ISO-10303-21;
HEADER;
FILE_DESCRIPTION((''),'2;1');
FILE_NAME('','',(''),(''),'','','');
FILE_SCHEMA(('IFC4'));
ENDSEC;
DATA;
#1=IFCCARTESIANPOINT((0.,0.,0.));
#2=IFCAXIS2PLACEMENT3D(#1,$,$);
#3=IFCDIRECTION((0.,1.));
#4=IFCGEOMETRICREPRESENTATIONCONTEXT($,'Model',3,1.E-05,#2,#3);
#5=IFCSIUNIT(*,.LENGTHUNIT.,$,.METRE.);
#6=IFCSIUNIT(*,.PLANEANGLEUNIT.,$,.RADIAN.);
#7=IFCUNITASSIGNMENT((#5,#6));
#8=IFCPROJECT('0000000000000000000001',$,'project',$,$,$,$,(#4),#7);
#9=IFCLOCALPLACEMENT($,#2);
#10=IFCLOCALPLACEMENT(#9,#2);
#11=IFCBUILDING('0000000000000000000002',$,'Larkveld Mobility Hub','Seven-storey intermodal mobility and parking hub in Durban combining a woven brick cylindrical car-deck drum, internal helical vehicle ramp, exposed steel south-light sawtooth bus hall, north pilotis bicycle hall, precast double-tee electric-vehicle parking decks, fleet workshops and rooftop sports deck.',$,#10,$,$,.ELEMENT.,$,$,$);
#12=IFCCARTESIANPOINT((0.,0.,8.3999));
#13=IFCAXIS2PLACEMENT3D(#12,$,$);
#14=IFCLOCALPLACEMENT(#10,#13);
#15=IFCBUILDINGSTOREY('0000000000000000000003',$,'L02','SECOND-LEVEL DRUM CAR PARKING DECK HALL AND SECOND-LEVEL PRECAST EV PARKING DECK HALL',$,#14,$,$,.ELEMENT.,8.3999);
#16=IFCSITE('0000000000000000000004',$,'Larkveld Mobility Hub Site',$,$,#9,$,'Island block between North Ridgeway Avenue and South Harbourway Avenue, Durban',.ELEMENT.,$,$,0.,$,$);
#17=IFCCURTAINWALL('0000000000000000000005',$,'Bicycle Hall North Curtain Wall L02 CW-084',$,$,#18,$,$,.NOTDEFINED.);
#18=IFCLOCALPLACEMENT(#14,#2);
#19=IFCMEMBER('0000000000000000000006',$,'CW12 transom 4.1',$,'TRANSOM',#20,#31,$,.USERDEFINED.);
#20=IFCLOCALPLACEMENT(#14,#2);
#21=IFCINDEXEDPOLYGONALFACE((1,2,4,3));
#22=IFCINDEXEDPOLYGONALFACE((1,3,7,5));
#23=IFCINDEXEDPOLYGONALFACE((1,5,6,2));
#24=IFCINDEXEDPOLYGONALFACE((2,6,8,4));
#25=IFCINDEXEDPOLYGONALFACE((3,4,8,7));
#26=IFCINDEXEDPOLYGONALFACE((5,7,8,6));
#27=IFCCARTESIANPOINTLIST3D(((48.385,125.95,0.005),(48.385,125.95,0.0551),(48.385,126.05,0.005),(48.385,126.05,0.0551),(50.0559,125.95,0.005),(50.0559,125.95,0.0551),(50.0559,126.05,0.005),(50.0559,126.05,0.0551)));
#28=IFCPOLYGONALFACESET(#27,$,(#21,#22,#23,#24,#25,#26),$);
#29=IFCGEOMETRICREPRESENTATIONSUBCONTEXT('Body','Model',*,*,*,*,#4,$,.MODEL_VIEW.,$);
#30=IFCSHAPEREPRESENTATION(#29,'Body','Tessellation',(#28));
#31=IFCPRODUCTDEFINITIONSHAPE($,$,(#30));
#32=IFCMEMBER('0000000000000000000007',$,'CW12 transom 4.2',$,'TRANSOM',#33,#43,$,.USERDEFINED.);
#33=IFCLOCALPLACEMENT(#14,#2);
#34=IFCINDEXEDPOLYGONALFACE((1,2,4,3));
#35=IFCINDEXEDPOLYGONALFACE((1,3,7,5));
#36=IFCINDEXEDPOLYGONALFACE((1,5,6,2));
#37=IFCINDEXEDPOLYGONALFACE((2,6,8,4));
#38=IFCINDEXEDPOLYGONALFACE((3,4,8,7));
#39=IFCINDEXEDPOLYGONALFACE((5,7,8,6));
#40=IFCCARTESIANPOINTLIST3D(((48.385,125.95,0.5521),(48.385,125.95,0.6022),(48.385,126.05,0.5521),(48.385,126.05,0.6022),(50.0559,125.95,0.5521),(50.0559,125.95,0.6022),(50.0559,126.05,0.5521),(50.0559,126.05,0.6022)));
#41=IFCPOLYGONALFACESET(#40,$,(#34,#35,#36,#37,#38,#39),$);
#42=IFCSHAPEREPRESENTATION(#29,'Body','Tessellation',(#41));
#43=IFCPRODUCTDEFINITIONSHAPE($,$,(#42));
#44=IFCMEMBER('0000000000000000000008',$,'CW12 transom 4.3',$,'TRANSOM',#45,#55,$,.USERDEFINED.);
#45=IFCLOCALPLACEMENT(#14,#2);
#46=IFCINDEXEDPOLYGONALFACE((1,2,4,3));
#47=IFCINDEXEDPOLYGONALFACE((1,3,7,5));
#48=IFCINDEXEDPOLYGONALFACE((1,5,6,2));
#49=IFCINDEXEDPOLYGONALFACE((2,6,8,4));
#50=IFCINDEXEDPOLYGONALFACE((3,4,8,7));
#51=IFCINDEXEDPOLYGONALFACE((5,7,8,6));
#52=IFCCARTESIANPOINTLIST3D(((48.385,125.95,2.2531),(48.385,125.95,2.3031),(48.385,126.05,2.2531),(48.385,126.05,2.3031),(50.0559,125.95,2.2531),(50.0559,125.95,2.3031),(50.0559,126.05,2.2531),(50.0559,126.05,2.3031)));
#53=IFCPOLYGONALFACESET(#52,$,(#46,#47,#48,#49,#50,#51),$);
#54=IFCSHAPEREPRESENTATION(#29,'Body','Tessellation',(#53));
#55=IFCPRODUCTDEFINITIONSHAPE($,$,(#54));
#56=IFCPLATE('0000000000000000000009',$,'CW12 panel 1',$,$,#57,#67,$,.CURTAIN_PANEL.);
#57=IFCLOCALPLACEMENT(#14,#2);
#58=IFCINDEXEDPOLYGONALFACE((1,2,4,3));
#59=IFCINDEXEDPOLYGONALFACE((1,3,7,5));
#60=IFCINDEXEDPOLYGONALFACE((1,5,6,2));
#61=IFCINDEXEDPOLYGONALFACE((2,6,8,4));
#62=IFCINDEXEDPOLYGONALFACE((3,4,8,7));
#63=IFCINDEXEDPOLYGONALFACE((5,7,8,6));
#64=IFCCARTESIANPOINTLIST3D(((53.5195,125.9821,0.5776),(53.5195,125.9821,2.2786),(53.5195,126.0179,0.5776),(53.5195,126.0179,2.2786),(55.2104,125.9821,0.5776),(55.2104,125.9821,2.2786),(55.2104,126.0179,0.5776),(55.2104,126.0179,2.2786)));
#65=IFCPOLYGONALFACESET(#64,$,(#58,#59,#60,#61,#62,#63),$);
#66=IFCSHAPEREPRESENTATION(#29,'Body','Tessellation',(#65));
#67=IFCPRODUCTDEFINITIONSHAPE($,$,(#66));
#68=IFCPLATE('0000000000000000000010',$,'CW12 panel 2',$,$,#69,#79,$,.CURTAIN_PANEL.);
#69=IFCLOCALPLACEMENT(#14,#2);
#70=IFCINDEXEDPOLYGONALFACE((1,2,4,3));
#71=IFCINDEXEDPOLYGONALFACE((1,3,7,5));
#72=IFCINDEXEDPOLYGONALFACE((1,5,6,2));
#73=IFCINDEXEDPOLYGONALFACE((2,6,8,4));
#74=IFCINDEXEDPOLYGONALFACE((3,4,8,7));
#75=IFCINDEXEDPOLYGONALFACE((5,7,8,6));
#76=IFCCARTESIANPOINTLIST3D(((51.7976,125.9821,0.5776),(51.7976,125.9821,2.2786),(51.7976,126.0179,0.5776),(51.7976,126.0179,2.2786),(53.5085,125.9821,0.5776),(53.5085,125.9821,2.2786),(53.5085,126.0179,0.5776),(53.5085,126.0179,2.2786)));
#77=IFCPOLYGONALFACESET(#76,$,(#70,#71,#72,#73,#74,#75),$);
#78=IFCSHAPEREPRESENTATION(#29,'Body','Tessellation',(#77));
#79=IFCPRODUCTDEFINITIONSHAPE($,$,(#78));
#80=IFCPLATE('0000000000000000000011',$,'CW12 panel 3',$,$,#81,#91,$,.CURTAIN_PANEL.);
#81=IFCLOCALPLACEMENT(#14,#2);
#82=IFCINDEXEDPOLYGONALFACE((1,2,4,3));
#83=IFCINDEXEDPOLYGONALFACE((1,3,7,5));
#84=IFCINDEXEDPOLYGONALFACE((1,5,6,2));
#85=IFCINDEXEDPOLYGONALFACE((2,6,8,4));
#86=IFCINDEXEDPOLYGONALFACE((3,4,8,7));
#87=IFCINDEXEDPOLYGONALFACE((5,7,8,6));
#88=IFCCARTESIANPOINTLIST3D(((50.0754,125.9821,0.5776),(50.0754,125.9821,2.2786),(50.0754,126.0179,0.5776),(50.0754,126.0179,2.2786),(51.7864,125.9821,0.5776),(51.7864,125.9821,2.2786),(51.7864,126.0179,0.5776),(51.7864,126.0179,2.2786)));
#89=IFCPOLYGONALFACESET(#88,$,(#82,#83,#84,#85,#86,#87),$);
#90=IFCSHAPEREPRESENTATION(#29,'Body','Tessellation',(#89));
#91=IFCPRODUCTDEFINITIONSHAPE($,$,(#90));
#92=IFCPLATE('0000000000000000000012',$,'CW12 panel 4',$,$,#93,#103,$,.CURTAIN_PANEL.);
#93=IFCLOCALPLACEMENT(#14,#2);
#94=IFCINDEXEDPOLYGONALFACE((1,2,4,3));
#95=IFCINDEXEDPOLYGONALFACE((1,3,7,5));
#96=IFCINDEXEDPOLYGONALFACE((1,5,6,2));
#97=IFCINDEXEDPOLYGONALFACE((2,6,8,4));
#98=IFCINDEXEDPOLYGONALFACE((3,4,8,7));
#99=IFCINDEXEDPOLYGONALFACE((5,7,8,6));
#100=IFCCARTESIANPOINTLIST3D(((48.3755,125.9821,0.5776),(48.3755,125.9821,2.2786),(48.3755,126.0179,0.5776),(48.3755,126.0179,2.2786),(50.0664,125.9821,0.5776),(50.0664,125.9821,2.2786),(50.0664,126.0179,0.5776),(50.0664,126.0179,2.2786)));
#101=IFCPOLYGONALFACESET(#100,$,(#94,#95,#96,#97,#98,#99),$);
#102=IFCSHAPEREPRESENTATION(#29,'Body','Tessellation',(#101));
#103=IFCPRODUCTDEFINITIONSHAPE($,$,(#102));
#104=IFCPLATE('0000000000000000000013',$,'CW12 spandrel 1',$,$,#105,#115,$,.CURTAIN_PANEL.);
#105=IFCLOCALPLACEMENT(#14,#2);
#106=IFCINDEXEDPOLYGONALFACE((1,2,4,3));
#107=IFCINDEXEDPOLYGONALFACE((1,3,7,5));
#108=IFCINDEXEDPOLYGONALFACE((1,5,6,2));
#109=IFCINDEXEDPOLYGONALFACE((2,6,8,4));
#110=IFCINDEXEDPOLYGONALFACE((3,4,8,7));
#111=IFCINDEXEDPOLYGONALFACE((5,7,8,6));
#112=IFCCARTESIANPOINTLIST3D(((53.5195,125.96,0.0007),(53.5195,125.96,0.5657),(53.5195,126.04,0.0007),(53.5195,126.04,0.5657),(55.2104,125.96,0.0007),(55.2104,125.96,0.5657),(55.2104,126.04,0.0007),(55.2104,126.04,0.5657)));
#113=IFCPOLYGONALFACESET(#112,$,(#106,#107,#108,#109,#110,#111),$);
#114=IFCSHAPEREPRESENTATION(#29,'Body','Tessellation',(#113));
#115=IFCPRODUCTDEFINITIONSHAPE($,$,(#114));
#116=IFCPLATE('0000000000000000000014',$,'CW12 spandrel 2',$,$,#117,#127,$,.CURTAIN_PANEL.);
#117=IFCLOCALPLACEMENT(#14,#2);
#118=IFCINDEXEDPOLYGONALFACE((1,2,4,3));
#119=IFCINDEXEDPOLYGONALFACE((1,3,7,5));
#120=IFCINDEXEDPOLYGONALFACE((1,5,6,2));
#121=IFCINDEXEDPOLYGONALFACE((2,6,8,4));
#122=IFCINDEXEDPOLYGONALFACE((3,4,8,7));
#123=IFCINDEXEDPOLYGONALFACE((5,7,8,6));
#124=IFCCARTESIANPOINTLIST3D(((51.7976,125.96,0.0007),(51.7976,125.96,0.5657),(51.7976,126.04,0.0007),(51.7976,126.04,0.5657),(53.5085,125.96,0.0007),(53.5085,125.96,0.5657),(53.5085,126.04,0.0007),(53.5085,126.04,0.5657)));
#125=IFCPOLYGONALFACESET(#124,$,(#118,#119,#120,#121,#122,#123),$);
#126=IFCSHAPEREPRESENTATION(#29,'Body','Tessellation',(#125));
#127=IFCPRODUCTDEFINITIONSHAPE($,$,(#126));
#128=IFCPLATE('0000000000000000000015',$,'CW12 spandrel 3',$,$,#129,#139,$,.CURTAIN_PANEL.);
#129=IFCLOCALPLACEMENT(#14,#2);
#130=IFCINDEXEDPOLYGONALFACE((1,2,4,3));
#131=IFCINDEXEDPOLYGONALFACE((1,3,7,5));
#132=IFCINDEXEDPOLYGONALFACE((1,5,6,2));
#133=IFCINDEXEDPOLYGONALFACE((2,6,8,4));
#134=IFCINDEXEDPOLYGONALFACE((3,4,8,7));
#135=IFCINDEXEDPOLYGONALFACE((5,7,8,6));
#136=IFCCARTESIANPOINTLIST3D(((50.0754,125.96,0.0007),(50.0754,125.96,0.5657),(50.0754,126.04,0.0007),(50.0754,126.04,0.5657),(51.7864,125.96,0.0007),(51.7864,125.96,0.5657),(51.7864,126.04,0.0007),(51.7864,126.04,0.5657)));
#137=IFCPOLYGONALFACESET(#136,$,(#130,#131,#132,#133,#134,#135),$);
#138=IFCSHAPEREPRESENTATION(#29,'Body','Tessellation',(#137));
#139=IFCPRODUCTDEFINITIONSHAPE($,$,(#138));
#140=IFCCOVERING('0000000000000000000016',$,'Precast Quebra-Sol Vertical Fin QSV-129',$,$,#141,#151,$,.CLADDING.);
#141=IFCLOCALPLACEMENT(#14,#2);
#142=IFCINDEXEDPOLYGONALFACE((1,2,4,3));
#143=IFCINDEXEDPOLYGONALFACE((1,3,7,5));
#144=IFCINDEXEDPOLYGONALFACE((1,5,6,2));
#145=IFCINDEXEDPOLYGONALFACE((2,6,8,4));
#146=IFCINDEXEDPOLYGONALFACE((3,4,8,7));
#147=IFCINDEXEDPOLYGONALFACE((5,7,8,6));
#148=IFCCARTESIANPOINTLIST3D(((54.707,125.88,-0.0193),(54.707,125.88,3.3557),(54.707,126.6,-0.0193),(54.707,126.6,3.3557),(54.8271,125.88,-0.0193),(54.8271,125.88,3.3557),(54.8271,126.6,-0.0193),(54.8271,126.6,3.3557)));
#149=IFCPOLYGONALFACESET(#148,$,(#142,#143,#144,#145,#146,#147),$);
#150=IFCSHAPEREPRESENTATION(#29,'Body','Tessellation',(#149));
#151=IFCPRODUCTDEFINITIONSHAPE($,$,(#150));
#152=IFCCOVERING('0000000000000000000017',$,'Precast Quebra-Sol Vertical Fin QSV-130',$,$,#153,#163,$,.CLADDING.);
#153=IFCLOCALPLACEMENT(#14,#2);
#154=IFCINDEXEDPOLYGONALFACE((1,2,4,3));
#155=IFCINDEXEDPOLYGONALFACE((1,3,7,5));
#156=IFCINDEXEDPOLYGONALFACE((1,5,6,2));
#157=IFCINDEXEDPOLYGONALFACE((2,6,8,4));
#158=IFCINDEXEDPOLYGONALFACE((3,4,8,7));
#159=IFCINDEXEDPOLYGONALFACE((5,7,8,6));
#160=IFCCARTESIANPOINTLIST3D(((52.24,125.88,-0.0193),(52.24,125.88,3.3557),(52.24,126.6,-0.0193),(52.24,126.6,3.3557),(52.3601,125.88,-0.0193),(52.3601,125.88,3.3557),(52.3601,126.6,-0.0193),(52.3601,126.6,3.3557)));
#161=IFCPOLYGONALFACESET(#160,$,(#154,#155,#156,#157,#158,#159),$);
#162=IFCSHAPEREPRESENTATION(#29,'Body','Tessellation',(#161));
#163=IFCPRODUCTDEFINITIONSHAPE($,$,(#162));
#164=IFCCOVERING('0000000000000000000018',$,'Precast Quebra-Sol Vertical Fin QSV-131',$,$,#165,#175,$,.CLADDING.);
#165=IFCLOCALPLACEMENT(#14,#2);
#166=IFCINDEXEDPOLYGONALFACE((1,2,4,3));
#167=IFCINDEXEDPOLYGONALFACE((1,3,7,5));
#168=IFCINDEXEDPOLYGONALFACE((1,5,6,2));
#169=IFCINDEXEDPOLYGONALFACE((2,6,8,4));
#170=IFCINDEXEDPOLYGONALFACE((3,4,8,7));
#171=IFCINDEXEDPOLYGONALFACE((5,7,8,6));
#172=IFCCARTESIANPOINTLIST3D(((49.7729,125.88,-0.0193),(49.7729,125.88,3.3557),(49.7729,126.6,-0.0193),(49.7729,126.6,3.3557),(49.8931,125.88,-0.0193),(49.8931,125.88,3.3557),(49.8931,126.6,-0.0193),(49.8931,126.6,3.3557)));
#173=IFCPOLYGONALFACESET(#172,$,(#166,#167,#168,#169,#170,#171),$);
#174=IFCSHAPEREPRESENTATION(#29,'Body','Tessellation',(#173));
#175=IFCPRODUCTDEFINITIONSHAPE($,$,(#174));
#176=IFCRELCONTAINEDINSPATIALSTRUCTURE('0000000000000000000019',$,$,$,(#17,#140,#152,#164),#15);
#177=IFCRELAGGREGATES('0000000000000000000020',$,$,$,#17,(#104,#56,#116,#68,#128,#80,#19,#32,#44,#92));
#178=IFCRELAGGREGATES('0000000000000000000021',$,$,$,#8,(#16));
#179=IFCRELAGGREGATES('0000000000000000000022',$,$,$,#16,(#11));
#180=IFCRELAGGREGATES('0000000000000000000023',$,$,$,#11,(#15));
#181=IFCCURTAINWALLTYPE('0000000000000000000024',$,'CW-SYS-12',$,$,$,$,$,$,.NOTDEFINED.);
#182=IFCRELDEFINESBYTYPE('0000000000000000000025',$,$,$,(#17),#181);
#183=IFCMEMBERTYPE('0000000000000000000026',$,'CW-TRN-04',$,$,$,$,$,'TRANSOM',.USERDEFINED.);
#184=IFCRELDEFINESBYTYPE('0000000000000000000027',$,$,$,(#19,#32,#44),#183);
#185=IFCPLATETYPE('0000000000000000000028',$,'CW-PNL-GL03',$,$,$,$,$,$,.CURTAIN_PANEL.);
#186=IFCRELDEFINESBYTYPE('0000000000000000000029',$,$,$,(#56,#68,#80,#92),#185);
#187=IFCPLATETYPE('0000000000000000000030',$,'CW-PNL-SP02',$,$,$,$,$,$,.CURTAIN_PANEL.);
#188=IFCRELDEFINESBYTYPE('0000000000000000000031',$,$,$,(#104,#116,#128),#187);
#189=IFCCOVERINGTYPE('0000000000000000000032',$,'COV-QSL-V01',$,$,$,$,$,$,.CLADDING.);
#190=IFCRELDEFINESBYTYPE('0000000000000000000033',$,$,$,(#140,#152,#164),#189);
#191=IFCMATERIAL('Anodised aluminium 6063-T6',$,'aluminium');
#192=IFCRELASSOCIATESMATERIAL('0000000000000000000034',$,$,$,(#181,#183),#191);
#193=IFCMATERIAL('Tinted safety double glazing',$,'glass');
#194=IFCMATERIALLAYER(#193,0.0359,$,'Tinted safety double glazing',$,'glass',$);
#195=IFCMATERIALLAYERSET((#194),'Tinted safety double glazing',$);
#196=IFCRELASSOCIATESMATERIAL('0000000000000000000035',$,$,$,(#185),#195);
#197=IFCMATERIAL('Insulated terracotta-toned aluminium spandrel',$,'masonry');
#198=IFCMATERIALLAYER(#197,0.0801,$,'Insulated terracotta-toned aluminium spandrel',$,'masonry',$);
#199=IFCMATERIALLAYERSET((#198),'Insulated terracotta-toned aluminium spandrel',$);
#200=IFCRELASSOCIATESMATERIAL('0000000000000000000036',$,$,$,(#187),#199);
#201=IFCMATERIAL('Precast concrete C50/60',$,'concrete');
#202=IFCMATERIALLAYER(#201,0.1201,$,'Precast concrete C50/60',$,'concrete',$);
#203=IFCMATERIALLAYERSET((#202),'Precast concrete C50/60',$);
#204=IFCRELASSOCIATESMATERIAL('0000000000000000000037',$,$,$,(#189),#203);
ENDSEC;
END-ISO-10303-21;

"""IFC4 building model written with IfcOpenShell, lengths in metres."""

from ifc_helpers import new_model, si_unit, direction, frame, origin, origin_2d, place, context, subcontext, project, spatial, rectangle, extrude, material, layer, layer_set, material_profile, profile_set, type_object, element, aggregate, save


model = new_model("IFC4")

# Units and contexts
model_context = context("Model", 3, precision=1e-05, world=origin(), true_north=direction((0.0, 1.0)))
body_context = subcontext(model_context, "Body", "Model", "MODEL_VIEW")
ifc_project = project(units=[si_unit("LENGTHUNIT", "METRE"), si_unit("PLANEANGLEUNIT", "RADIAN")], contexts=[model_context])

# Site, building, storey
site_placement = place(None, origin())
site = spatial("IfcSite", under=ifc_project, at=site_placement, Name="Larkveld Mobility Hub Site", LongName="Island block between North Ridgeway Avenue and South Harbourway Avenue, Durban", CompositionType="ELEMENT", RefElevation=0.0)
building_placement = place(site_placement, origin())
building = spatial("IfcBuilding", under=site, at=building_placement, Name="Larkveld Mobility Hub", Description="Seven-storey intermodal mobility and parking hub in Durban combining a woven brick cylindrical car-deck drum, internal helical vehicle ramp, exposed steel south-light sawtooth bus hall, north pilotis bicycle hall, precast double-tee electric-vehicle parking decks, fleet workshops and rooftop sports deck.", CompositionType="ELEMENT")
storey_placement = place(building_placement, frame((0.0, 0.0, 8.3999)))
storey = spatial("IfcBuildingStorey", under=building, at=storey_placement, Name="L02", Description="SECOND-LEVEL DRUM CAR PARKING DECK HALL AND SECOND-LEVEL PRECAST EV PARKING DECK HALL", CompositionType="ELEMENT", Elevation=8.3999)

# Curtain wall, members, plates
ifc_material_1 = material(Name="Anodised aluminium 6063-T6", Category="aluminium")
curtain_wall_type = type_object("IfcCurtainWallType", Name="CW-SYS-12", PredefinedType="NOTDEFINED", material=ifc_material_1)
curtain_wall_placement = place(storey_placement, origin())
curtain_wall = element("IfcCurtainWall", 1, at=curtain_wall_placement, inside=storey, type_object=curtain_wall_type, Name="Bicycle Hall North Curtain Wall L02 CW-084", PredefinedType="NOTDEFINED")
ifc_material_profile_1 = material_profile(ifc_material_1, rectangle(XDim=0.1001, YDim=0.05, at=origin_2d()), Name="ALU TRAN 50x100")
ifc_profile_set_1 = profile_set([ifc_material_profile_1], Name="Anodised aluminium 6063-T6")
member_type_1 = type_object("IfcMemberType", Name="CW-TRN-04", ElementType="TRANSOM", PredefinedType="USERDEFINED", material=ifc_profile_set_1)
member_1_placement = place(storey_placement, frame((50.0559, 126.0, 0.03), z_axis=(-1.0, 0.0, 0.0), x_axis=(0.0, -1.0, 0.0)))
member_1 = element("IfcMember", 2, at=member_1_placement, type_object=member_type_1, Name="CW12 transom 4.1", ObjectType="TRANSOM", PredefinedType="USERDEFINED", context=body_context, shape_type="SweptSolid", body=[
    extrude(rectangle(XDim=0.1001, YDim=0.05, at=origin_2d()), origin(), (0.0, 0.0, 1.0), 1.6709),
])
member_2_placement = place(storey_placement, frame((50.0559, 126.0, 0.5771), z_axis=(-1.0, 0.0, 0.0), x_axis=(0.0, -1.0, 0.0)))
member_2 = element("IfcMember", 3, at=member_2_placement, type_object=member_type_1, Name="CW12 transom 4.2", ObjectType="TRANSOM", PredefinedType="USERDEFINED", context=body_context, shape_type="SweptSolid", body=[
    extrude(rectangle(XDim=0.1001, YDim=0.05, at=origin_2d()), origin(), (0.0, 0.0, 1.0), 1.6709),
])
member_3_placement = place(storey_placement, frame((50.0559, 126.0, 2.2781), z_axis=(-1.0, 0.0, 0.0), x_axis=(0.0, -1.0, 0.0)))
member_3 = element("IfcMember", 4, at=member_3_placement, type_object=member_type_1, Name="CW12 transom 4.3", ObjectType="TRANSOM", PredefinedType="USERDEFINED", context=body_context, shape_type="SweptSolid", body=[
    extrude(rectangle(XDim=0.1001, YDim=0.05, at=origin_2d()), origin(), (0.0, 0.0, 1.0), 1.6709),
])
ifc_material_2 = material(Name="Tinted safety double glazing", Category="glass")
ifc_layer_1 = layer(ifc_material_2, 0.0359, Name="Tinted safety double glazing", Category="glass")
ifc_layer_set_1 = layer_set([ifc_layer_1], Name="Tinted safety double glazing")
plate_type_1 = type_object("IfcPlateType", Name="CW-PNL-GL03", PredefinedType="CURTAIN_PANEL", material=ifc_layer_set_1)
plate_1_placement = place(storey_placement, frame((54.365, 126.0, 0.5776), z_axis=(0.0, 0.0, 1.0), x_axis=(-1.0, 0.0, 0.0)))
plate_1 = element("IfcPlate", 5, at=plate_1_placement, type_object=plate_type_1, Name="CW12 panel 1", PredefinedType="CURTAIN_PANEL", context=body_context, shape_type="SweptSolid", body=[
    extrude(rectangle(XDim=1.6909, YDim=0.0359, at=origin_2d()), origin(), (0.0, 0.0, 1.0), 1.7009),
])
plate_2_placement = place(storey_placement, frame((52.6531, 126.0, 0.5776), z_axis=(0.0, 0.0, 1.0), x_axis=(-1.0, 0.0, 0.0)))
plate_2 = element("IfcPlate", 6, at=plate_2_placement, type_object=plate_type_1, Name="CW12 panel 2", PredefinedType="CURTAIN_PANEL", context=body_context, shape_type="SweptSolid", body=[
    extrude(rectangle(XDim=1.7109, YDim=0.0359, at=origin_2d()), origin(), (0.0, 0.0, 1.0), 1.7009),
])
plate_3_placement = place(storey_placement, frame((50.9309, 126.0, 0.5776), z_axis=(0.0, 0.0, 1.0), x_axis=(-1.0, 0.0, 0.0)))
plate_3 = element("IfcPlate", 7, at=plate_3_placement, type_object=plate_type_1, Name="CW12 panel 3", PredefinedType="CURTAIN_PANEL", context=body_context, shape_type="SweptSolid", body=[
    extrude(rectangle(XDim=1.7109, YDim=0.0359, at=origin_2d()), origin(), (0.0, 0.0, 1.0), 1.7009),
])
plate_4_placement = place(storey_placement, frame((49.2209, 126.0, 0.5776), z_axis=(0.0, 0.0, 1.0), x_axis=(-1.0, 0.0, 0.0)))
plate_4 = element("IfcPlate", 8, at=plate_4_placement, type_object=plate_type_1, Name="CW12 panel 4", PredefinedType="CURTAIN_PANEL", context=body_context, shape_type="SweptSolid", body=[
    extrude(rectangle(XDim=1.6909, YDim=0.0359, at=origin_2d()), origin(), (0.0, 0.0, 1.0), 1.7009),
])
ifc_material_3 = material(Name="Insulated terracotta-toned aluminium spandrel", Category="masonry")
ifc_layer_2 = layer(ifc_material_3, 0.0801, Name="Insulated terracotta-toned aluminium spandrel", Category="masonry")
ifc_layer_set_2 = layer_set([ifc_layer_2], Name="Insulated terracotta-toned aluminium spandrel")
plate_type_2 = type_object("IfcPlateType", Name="CW-PNL-SP02", PredefinedType="CURTAIN_PANEL", material=ifc_layer_set_2)
plate_5_placement = place(storey_placement, frame((54.365, 126.0, 0.0007), z_axis=(0.0, 0.0, 1.0), x_axis=(-1.0, 0.0, 0.0)))
plate_5 = element("IfcPlate", 9, at=plate_5_placement, type_object=plate_type_2, Name="CW12 spandrel 1", PredefinedType="CURTAIN_PANEL", context=body_context, shape_type="SweptSolid", body=[
    extrude(rectangle(XDim=1.6909, YDim=0.0801, at=origin_2d()), origin(), (0.0, 0.0, 1.0), 0.5649),
])
plate_6_placement = place(storey_placement, frame((52.6531, 126.0, 0.0007), z_axis=(0.0, 0.0, 1.0), x_axis=(-1.0, 0.0, 0.0)))
plate_6 = element("IfcPlate", 10, at=plate_6_placement, type_object=plate_type_2, Name="CW12 spandrel 2", PredefinedType="CURTAIN_PANEL", context=body_context, shape_type="SweptSolid", body=[
    extrude(rectangle(XDim=1.7109, YDim=0.0801, at=origin_2d()), origin(), (0.0, 0.0, 1.0), 0.5649),
])
plate_7_placement = place(storey_placement, frame((50.9309, 126.0, 0.0007), z_axis=(0.0, 0.0, 1.0), x_axis=(-1.0, 0.0, 0.0)))
plate_7 = element("IfcPlate", 11, at=plate_7_placement, type_object=plate_type_2, Name="CW12 spandrel 3", PredefinedType="CURTAIN_PANEL", context=body_context, shape_type="SweptSolid", body=[
    extrude(rectangle(XDim=1.7109, YDim=0.0801, at=origin_2d()), origin(), (0.0, 0.0, 1.0), 0.5649),
])
aggregate(curtain_wall, [plate_5, plate_1, plate_6, plate_2, plate_7, plate_3, member_1, member_2, member_3, plate_4])

# Coverings
ifc_material_4 = material(Name="Precast concrete C50/60", Category="concrete")
ifc_layer_3 = layer(ifc_material_4, 0.1201, Name="Precast concrete C50/60", Category="concrete")
ifc_layer_set_3 = layer_set([ifc_layer_3], Name="Precast concrete C50/60")
covering_type = type_object("IfcCoveringType", Name="COV-QSL-V01", PredefinedType="CLADDING", material=ifc_layer_set_3)
for number, where, z_axis, x_axis, name in (
    (12, (54.7671, 126.24, -0.0193), (0.0, 0.0, 1.0), (-1.0, 0.0, 0.0), "Precast Quebra-Sol Vertical Fin QSV-129"),
    (13, (52.3, 126.24, -0.0193), (0.0, 0.0, 1.0), (-1.0, 0.0, 0.0), "Precast Quebra-Sol Vertical Fin QSV-130"),
    (14, (49.833, 126.24, -0.0193), (0.0, 0.0, 1.0), (-1.0, 0.0, 0.0), "Precast Quebra-Sol Vertical Fin QSV-131"),
):
    element("IfcCovering", number, at=place(storey_placement, frame(where, z_axis=z_axis, x_axis=x_axis)), inside=storey, type_object=covering_type, Name=name, PredefinedType="CLADDING", context=body_context, shape_type="SweptSolid", body=[
        extrude(rectangle(XDim=0.1201, YDim=0.72, at=origin_2d()), origin(), (0.0, 0.0, 1.0), 3.375),
    ])

save(model, "model.ifc")
